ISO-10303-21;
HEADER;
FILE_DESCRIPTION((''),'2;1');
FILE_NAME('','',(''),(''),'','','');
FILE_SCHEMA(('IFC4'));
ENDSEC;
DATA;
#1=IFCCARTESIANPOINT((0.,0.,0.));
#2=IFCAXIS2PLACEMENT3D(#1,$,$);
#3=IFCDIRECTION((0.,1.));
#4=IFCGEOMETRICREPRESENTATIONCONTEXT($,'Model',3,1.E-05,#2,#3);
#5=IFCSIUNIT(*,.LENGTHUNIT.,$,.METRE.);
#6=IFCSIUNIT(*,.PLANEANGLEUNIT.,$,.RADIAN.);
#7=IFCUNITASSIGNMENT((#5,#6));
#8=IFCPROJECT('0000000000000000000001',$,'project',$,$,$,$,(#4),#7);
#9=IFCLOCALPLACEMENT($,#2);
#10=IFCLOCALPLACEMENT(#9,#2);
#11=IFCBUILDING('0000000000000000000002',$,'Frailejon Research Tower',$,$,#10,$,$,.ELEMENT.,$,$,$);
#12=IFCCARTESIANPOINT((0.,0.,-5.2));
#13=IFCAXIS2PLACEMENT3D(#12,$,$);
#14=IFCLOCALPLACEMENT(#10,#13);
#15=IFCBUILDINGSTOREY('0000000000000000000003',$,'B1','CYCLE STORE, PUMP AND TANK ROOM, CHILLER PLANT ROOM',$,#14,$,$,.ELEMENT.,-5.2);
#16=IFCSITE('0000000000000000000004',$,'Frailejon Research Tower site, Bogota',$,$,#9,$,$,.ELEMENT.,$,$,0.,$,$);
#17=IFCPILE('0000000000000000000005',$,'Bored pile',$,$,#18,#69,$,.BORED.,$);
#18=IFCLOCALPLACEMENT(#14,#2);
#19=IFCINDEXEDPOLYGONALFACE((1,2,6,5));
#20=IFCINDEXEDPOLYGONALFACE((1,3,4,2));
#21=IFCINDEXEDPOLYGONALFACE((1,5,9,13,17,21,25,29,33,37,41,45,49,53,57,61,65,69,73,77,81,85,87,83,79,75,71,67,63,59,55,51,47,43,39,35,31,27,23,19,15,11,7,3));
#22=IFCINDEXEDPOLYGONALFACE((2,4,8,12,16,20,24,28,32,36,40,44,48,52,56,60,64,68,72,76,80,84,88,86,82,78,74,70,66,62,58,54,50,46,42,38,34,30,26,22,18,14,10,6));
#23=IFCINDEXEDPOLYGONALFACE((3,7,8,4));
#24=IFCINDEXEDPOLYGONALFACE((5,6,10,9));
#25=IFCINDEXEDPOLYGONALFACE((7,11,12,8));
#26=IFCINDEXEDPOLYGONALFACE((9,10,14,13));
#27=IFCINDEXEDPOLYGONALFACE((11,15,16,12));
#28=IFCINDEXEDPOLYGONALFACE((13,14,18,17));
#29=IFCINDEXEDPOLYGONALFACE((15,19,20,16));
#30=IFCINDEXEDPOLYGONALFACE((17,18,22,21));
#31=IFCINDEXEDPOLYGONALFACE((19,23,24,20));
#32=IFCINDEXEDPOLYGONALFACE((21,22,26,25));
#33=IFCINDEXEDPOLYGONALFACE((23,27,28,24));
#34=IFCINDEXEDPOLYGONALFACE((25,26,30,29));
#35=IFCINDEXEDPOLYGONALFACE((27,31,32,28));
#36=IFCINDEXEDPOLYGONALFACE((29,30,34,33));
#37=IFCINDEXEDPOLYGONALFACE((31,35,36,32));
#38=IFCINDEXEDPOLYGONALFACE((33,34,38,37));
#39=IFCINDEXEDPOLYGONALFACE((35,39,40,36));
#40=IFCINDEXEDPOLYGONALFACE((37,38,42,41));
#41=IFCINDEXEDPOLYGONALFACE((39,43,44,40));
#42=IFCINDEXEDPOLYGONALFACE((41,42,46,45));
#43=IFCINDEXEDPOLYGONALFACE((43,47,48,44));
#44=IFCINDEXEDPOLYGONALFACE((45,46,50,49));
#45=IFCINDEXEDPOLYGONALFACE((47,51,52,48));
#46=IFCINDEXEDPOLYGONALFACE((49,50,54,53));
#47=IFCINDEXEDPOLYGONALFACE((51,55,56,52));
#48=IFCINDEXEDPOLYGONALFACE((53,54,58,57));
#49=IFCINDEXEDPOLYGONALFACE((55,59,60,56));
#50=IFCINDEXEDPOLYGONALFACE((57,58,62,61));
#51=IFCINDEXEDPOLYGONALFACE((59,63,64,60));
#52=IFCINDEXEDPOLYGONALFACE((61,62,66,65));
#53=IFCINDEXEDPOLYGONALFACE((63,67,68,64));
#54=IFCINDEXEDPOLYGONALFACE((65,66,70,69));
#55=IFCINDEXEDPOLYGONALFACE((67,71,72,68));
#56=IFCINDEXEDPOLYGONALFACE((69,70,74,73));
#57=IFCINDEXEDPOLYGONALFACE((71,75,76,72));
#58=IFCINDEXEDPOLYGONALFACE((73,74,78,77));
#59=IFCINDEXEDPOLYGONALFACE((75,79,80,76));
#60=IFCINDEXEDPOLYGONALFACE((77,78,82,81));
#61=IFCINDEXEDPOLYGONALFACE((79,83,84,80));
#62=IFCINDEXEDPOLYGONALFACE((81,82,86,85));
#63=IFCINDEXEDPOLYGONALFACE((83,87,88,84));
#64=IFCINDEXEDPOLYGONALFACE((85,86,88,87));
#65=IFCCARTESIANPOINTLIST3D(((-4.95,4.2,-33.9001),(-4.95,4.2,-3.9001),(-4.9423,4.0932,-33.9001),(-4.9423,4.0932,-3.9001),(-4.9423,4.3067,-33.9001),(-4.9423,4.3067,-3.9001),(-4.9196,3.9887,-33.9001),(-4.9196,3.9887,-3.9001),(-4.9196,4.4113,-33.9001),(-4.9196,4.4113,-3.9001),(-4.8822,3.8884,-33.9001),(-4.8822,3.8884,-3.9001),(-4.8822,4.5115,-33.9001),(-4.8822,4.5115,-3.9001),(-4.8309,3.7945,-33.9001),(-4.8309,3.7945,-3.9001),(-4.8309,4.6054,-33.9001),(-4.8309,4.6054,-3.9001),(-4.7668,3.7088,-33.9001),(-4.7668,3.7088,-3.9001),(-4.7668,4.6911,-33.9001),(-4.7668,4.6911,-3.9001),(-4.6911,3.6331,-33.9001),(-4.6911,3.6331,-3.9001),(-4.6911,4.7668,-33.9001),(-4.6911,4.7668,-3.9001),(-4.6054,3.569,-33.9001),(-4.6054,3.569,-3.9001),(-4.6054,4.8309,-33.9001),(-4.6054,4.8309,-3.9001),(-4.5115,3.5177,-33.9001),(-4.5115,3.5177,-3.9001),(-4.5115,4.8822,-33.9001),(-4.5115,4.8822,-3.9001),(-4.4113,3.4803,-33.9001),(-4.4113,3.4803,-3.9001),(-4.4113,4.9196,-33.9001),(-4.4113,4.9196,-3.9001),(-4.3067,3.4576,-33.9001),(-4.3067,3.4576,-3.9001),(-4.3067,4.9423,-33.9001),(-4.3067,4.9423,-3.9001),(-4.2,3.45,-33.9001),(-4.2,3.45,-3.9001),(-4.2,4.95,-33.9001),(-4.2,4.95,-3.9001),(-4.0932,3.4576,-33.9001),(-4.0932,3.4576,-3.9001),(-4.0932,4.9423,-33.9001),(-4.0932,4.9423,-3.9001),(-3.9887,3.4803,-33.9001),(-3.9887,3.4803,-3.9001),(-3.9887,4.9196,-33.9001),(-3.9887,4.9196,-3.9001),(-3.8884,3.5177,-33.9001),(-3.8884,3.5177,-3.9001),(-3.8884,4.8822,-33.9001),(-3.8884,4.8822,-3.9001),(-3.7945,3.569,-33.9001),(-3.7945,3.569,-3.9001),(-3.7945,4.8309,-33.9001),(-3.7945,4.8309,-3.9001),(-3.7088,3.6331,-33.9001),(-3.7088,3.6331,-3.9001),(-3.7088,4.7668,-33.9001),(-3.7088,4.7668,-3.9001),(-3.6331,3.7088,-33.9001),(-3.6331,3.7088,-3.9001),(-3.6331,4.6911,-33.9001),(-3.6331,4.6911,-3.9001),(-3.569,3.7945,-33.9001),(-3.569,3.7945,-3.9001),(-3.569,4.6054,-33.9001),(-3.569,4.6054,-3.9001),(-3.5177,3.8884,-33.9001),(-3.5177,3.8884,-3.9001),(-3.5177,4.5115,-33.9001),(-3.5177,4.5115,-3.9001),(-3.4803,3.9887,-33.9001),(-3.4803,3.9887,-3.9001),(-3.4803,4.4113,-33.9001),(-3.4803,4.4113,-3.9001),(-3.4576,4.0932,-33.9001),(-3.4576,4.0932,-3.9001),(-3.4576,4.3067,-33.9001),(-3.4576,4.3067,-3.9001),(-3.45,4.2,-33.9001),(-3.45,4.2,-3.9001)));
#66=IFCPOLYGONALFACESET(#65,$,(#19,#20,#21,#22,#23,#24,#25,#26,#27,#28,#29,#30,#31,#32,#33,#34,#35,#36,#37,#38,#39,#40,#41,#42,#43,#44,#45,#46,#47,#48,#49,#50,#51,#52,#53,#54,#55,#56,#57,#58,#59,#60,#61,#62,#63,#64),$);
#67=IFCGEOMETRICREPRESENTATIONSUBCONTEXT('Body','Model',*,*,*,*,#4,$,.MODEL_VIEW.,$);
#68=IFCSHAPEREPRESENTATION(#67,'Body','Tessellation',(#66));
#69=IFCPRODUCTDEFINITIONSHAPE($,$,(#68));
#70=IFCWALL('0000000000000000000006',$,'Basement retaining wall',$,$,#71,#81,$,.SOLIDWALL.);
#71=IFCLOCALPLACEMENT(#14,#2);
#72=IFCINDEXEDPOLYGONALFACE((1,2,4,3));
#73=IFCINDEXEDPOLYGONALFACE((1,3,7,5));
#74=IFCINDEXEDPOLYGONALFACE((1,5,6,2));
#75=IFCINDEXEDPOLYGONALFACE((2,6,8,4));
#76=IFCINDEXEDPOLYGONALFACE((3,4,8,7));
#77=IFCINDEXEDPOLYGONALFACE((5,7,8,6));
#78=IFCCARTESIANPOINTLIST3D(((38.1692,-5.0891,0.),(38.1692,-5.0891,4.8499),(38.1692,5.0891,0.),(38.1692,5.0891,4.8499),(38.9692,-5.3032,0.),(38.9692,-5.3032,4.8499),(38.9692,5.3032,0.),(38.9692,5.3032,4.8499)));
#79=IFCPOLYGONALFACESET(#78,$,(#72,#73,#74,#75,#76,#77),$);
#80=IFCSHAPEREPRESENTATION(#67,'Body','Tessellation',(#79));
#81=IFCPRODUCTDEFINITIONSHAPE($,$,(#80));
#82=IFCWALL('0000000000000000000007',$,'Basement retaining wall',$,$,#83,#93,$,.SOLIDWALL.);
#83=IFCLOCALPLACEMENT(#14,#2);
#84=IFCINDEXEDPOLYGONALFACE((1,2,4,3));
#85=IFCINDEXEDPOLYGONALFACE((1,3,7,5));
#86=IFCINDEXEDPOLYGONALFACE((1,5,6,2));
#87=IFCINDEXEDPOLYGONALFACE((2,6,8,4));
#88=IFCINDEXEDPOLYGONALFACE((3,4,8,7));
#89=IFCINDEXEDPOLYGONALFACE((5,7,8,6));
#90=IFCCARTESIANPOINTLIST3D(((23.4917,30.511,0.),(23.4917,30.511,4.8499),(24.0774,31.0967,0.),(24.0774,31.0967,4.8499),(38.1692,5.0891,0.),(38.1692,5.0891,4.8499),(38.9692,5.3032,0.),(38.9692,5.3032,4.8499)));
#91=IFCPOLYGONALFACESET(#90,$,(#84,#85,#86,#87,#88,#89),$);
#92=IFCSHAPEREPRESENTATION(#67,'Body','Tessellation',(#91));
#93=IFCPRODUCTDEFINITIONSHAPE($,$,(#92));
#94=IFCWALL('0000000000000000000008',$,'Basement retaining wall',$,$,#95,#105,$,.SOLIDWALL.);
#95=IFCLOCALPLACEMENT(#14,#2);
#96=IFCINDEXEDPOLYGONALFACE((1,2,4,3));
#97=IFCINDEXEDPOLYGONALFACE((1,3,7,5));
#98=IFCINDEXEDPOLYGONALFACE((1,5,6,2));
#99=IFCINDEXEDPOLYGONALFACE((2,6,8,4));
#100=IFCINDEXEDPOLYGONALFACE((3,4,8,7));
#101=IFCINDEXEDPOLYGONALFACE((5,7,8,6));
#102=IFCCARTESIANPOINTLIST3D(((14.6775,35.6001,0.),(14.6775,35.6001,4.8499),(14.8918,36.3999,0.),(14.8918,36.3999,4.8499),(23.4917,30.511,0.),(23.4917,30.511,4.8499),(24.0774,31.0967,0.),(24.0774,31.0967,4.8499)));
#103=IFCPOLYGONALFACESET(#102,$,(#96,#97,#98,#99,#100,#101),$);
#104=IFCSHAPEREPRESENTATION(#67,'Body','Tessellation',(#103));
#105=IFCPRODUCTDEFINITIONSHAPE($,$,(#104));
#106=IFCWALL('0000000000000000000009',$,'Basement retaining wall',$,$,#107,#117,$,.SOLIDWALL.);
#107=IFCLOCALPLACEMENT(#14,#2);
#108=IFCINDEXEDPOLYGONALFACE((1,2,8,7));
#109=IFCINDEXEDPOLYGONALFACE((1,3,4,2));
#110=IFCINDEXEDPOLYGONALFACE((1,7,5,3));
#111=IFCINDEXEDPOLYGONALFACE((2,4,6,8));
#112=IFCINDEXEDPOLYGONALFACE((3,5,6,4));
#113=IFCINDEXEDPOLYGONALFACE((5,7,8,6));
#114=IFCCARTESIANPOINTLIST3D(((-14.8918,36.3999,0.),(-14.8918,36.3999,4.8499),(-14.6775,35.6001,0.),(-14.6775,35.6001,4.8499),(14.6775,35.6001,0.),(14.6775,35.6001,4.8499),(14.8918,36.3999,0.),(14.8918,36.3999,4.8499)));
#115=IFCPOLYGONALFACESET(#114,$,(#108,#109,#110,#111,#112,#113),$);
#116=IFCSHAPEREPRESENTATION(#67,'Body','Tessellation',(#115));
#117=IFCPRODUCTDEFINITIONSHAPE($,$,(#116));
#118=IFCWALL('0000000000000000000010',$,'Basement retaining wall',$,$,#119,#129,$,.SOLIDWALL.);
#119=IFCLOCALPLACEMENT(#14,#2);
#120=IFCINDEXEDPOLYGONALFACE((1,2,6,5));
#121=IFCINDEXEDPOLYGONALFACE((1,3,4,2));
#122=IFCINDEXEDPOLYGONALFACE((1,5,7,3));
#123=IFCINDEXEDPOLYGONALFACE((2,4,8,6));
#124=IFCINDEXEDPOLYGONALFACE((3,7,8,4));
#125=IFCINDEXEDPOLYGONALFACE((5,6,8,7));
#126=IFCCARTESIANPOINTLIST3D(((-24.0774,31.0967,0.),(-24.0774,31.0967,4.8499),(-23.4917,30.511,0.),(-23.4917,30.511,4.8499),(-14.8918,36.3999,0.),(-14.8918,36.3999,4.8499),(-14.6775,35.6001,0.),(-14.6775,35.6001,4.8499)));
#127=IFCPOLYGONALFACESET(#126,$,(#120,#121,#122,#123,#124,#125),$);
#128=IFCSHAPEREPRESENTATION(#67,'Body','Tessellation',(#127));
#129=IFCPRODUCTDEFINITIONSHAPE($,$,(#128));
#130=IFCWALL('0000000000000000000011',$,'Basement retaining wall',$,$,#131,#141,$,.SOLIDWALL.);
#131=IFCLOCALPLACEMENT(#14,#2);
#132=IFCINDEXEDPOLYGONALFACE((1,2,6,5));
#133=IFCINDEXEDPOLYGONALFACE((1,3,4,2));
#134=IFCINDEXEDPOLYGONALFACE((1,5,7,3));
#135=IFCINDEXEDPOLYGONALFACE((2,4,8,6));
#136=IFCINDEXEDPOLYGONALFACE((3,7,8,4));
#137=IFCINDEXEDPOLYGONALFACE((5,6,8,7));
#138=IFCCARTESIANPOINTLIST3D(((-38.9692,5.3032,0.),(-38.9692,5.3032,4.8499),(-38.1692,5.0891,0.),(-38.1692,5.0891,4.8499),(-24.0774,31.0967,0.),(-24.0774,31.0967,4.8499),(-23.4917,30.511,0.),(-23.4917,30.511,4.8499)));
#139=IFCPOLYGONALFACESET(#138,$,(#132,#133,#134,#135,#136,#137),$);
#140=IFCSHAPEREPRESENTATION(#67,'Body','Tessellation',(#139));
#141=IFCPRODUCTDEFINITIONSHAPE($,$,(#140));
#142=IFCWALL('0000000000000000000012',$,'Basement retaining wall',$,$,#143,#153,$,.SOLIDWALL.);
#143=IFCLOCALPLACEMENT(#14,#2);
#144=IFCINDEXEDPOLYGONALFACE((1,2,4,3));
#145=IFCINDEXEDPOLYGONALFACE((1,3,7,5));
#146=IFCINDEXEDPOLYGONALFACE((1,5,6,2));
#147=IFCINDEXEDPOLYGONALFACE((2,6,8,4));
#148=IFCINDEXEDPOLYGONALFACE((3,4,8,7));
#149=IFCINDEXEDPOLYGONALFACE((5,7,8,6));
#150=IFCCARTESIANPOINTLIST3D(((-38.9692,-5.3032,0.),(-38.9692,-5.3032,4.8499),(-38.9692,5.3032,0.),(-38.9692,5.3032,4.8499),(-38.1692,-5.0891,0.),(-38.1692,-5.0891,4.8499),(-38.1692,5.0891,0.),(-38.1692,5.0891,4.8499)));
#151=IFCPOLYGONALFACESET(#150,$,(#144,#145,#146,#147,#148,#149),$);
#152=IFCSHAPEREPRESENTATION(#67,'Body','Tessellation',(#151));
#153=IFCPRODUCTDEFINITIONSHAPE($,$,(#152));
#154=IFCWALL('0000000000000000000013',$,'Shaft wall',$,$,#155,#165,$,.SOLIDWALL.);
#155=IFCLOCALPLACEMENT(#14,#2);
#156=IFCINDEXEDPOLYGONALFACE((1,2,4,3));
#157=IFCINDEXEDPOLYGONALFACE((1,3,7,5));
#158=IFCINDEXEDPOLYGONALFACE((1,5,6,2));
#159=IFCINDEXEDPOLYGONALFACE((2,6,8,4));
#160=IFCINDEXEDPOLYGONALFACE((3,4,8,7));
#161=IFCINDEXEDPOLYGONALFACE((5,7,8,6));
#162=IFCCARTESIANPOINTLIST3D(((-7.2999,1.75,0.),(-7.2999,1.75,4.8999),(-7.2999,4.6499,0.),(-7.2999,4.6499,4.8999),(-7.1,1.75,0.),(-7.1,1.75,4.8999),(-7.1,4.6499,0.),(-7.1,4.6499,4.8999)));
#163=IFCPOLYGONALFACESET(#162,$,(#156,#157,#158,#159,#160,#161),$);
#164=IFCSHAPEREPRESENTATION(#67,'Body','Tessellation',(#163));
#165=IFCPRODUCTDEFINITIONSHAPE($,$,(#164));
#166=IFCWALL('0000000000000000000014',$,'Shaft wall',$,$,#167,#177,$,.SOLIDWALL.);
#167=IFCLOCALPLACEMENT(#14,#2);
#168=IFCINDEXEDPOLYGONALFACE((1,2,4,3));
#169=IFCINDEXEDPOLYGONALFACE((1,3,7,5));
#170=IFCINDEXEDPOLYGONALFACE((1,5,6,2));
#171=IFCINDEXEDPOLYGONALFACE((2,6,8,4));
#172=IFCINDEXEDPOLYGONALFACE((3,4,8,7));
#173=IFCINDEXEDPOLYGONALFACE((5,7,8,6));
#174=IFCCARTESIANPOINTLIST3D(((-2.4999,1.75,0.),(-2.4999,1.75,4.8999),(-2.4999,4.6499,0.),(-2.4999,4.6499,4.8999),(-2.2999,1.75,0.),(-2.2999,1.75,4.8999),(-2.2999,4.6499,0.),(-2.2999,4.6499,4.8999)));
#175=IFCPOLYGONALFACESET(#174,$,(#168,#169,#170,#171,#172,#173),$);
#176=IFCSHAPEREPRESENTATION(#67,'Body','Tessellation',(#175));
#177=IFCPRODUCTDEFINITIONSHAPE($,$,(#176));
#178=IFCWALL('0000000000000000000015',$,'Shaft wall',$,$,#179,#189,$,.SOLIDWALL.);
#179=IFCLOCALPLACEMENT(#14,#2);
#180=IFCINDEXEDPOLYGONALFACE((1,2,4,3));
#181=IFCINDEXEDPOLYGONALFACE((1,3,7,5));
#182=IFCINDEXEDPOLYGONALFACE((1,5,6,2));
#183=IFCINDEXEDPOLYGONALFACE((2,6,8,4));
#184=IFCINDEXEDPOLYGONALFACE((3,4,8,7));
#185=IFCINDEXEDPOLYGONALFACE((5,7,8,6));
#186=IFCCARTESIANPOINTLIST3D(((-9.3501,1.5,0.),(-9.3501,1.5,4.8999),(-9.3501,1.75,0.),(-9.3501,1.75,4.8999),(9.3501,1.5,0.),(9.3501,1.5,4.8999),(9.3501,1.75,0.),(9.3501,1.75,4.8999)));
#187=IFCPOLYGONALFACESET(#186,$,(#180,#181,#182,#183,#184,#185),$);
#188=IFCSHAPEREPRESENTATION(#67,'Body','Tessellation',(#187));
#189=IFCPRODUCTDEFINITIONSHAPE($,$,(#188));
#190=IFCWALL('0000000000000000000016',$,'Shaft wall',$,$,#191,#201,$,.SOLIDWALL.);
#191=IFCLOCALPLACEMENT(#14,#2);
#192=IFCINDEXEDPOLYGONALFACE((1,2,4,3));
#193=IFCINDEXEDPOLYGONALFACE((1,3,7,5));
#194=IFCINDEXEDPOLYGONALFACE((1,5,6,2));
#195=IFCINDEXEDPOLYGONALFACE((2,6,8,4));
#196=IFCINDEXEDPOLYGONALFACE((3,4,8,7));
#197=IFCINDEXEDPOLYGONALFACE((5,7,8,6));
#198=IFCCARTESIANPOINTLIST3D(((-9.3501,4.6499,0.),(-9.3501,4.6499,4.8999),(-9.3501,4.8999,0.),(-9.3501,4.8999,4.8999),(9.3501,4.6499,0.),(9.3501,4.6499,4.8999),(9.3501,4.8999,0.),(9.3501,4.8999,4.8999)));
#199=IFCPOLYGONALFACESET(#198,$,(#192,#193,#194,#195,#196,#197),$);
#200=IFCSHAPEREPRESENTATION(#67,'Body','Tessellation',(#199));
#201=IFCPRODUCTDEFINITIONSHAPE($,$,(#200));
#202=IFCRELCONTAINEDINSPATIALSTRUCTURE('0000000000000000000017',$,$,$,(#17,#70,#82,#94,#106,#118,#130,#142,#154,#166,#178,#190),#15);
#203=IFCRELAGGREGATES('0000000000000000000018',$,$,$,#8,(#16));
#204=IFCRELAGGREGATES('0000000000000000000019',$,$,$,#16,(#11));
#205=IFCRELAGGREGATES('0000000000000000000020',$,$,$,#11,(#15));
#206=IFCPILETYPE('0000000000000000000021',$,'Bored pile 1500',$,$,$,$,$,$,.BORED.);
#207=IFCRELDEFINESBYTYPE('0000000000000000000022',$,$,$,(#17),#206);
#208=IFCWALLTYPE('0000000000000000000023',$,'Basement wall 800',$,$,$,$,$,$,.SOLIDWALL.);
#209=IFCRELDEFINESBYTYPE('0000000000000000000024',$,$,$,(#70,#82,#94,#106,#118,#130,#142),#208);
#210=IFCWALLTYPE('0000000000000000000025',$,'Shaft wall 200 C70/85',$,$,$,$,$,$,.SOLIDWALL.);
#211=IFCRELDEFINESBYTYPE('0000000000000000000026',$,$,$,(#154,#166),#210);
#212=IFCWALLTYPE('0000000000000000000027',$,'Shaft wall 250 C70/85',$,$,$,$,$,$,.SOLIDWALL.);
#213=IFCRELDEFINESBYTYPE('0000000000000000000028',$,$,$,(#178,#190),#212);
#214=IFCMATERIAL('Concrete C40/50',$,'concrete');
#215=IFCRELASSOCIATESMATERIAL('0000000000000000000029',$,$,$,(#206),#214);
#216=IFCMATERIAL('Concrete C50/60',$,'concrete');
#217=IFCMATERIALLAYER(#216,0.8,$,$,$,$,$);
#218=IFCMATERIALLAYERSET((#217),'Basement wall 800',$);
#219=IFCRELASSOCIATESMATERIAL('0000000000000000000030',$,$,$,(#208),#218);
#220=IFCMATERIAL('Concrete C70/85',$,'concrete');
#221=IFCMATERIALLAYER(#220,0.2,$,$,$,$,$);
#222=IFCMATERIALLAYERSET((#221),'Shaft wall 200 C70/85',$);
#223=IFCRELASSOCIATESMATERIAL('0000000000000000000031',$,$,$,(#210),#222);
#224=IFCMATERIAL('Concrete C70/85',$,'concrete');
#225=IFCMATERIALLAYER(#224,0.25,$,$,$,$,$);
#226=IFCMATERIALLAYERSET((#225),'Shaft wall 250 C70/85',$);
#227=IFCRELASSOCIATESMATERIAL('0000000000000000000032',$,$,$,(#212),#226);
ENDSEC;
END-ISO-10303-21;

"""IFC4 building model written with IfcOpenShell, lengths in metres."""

from ifc_helpers import new_model, si_unit, direction, frame, frame_2d, origin, origin_2d, place, context, subcontext, project, spatial, polyline, rectangle, circle, outline, extrude, material, layer, layer_set, material_profile, profile_set, type_object, element, save


model = new_model("IFC4")

# Units and contexts
model_context = context("Model", 3, precision=1e-05, world=origin(), true_north=direction((0.0, 1.0)))
body_context = subcontext(model_context, "Body", "Model", "MODEL_VIEW")
ifc_project = project(units=[si_unit("LENGTHUNIT", "METRE"), si_unit("PLANEANGLEUNIT", "RADIAN")], contexts=[model_context])

# Site, building, storey
site_placement = place(None, origin())
site = spatial("IfcSite", under=ifc_project, at=site_placement, Name="Frailejon Research Tower site, Bogota", CompositionType="ELEMENT", RefElevation=0.0)
building_placement = place(site_placement, origin())
building = spatial("IfcBuilding", under=site, at=building_placement, Name="Frailejon Research Tower", CompositionType="ELEMENT")
storey_placement = place(building_placement, frame((0.0, 0.0, -5.2)))
storey = spatial("IfcBuildingStorey", under=building, at=storey_placement, Name="B1", Description="CYCLE STORE, PUMP AND TANK ROOM, CHILLER PLANT ROOM", CompositionType="ELEMENT", Elevation=-5.2)

# Pile
ifc_material_1 = material(Name="Concrete C40/50", Category="concrete")
ifc_material_profile = material_profile(ifc_material_1, circle(Radius=0.75, at=origin_2d()), Name="Bored pile 1500")
ifc_profile_set = profile_set([ifc_material_profile], Name="Concrete C40/50")
pile_type = type_object("IfcPileType", Name="Bored pile 1500", PredefinedType="BORED", material=ifc_profile_set)
for number, where, z_axis, x_axis, name in (
    (1, (-4.2, 4.2, -3.9001), (0.0, 0.0, -1.0), (1.0, 0.0, 0.0), "Bored pile"),
):
    element("IfcPile", number, at=place(storey_placement, frame(where, z_axis=z_axis, x_axis=x_axis)), inside=storey, type_object=pile_type, Name=name, PredefinedType="BORED", context=body_context, shape_type="SweptSolid", body=[
        extrude(circle(Radius=0.75, at=origin_2d()), origin(), (0.0, 0.0, 1.0), 30.0),
    ])

# Walls
ifc_material_2 = material(Name="Concrete C50/60", Category="concrete")
ifc_layer_1 = layer(ifc_material_2, 0.8)
ifc_layer_set_1 = layer_set([ifc_layer_1], Name="Basement wall 800")
wall_type_1 = type_object("IfcWallType", Name="Basement wall 800", PredefinedType="SOLIDWALL", material=ifc_layer_set_1)
wall_1_placement = place(storey_placement, origin())
element("IfcWall", 2, at=wall_1_placement, inside=storey, type_object=wall_type_1, Name="Basement retaining wall", PredefinedType="SOLIDWALL", context=body_context, shape_type="SweptSolid", body=[
    extrude(outline(polyline([(38.9692, -5.3032), (38.9692, 5.3032), (38.1692, 5.0891), (38.1692, -5.0891), (38.9692, -5.3032)])), origin(), (0.0, 0.0, 1.0), 4.8499),
])
wall_2_placement = place(storey_placement, origin())
element("IfcWall", 3, at=wall_2_placement, inside=storey, type_object=wall_type_1, Name="Basement retaining wall", PredefinedType="SOLIDWALL", context=body_context, shape_type="SweptSolid", body=[
    extrude(outline(polyline([(38.9692, 5.3032), (24.0774, 31.0967), (23.4917, 30.511), (38.1692, 5.0891), (38.9692, 5.3032)])), origin(), (0.0, 0.0, 1.0), 4.8499),
])
wall_3_placement = place(storey_placement, origin())
element("IfcWall", 4, at=wall_3_placement, inside=storey, type_object=wall_type_1, Name="Basement retaining wall", PredefinedType="SOLIDWALL", context=body_context, shape_type="SweptSolid", body=[
    extrude(outline(polyline([(24.0774, 31.0967), (14.8918, 36.3999), (14.6775, 35.6001), (23.4917, 30.511), (24.0774, 31.0967)])), origin(), (0.0, 0.0, 1.0), 4.8499),
])
wall_4_placement = place(storey_placement, origin())
element("IfcWall", 5, at=wall_4_placement, inside=storey, type_object=wall_type_1, Name="Basement retaining wall", PredefinedType="SOLIDWALL", context=body_context, shape_type="SweptSolid", body=[
    extrude(outline(polyline([(14.8918, 36.3999), (-14.8918, 36.3999), (-14.6775, 35.6001), (14.6775, 35.6001), (14.8918, 36.3999)])), origin(), (0.0, 0.0, 1.0), 4.8499),
])
wall_5_placement = place(storey_placement, origin())
element("IfcWall", 6, at=wall_5_placement, inside=storey, type_object=wall_type_1, Name="Basement retaining wall", PredefinedType="SOLIDWALL", context=body_context, shape_type="SweptSolid", body=[
    extrude(outline(polyline([(-14.8918, 36.3999), (-24.0774, 31.0967), (-23.4917, 30.511), (-14.6775, 35.6001), (-14.8918, 36.3999)])), origin(), (0.0, 0.0, 1.0), 4.8499),
])
wall_6_placement = place(storey_placement, origin())
element("IfcWall", 7, at=wall_6_placement, inside=storey, type_object=wall_type_1, Name="Basement retaining wall", PredefinedType="SOLIDWALL", context=body_context, shape_type="SweptSolid", body=[
    extrude(outline(polyline([(-24.0774, 31.0967), (-38.9692, 5.3032), (-38.1692, 5.0891), (-23.4917, 30.511), (-24.0774, 31.0967)])), origin(), (0.0, 0.0, 1.0), 4.8499),
])
wall_7_placement = place(storey_placement, origin())
element("IfcWall", 8, at=wall_7_placement, inside=storey, type_object=wall_type_1, Name="Basement retaining wall", PredefinedType="SOLIDWALL", context=body_context, shape_type="SweptSolid", body=[
    extrude(outline(polyline([(-38.9692, 5.3032), (-38.9692, -5.3032), (-38.1692, -5.0891), (-38.1692, 5.0891), (-38.9692, 5.3032)])), origin(), (0.0, 0.0, 1.0), 4.8499),
])
ifc_material_3 = material(Name="Concrete C70/85", Category="concrete")
ifc_layer_2 = layer(ifc_material_3, 0.2)
ifc_layer_set_2 = layer_set([ifc_layer_2], Name="Shaft wall 200 C70/85")
wall_type_2 = type_object("IfcWallType", Name="Shaft wall 200 C70/85", PredefinedType="SOLIDWALL", material=ifc_layer_set_2)
for number, where, z_axis, x_axis, name in (
    (9, (-7.2, 1.75, 0.0), (0.0, 0.0, 1.0), (0.0, 1.0, 0.0), "Shaft wall"),
    (10, (-2.3999, 1.75, 0.0), (0.0, 0.0, 1.0), (0.0, 1.0, 0.0), "Shaft wall"),
):
    element("IfcWall", number, at=place(storey_placement, frame(where, z_axis=z_axis, x_axis=x_axis)), inside=storey, type_object=wall_type_2, Name=name, PredefinedType="SOLIDWALL", context=body_context, shape_type="SweptSolid", body=[
        extrude(rectangle(XDim=2.8999, YDim=0.2, at=frame_2d((1.45, 0.0))), origin(), (0.0, 0.0, 1.0), 4.8999),
    ])
ifc_material_4 = material(Name="Concrete C70/85", Category="concrete")
ifc_layer_3 = layer(ifc_material_4, 0.25)
ifc_layer_set_3 = layer_set([ifc_layer_3], Name="Shaft wall 250 C70/85")
wall_type_3 = type_object("IfcWallType", Name="Shaft wall 250 C70/85", PredefinedType="SOLIDWALL", material=ifc_layer_set_3)
for number, where, z_axis, x_axis, name in (
    (11, (-9.3501, 1.625, 0.0), (0.0, 0.0, 1.0), (1.0, 0.0, 0.0), "Shaft wall"),
    (12, (-9.3501, 4.7749, 0.0), (0.0, 0.0, 1.0), (1.0, 0.0, 0.0), "Shaft wall"),
):
    element("IfcWall", number, at=place(storey_placement, frame(where, z_axis=z_axis, x_axis=x_axis)), inside=storey, type_object=wall_type_3, Name=name, PredefinedType="SOLIDWALL", context=body_context, shape_type="SweptSolid", body=[
        extrude(rectangle(XDim=18.7002, YDim=0.25, at=frame_2d((9.3501, 0.0))), origin(), (0.0, 0.0, 1.0), 4.8999),
    ])

save(model, "model.ifc")
